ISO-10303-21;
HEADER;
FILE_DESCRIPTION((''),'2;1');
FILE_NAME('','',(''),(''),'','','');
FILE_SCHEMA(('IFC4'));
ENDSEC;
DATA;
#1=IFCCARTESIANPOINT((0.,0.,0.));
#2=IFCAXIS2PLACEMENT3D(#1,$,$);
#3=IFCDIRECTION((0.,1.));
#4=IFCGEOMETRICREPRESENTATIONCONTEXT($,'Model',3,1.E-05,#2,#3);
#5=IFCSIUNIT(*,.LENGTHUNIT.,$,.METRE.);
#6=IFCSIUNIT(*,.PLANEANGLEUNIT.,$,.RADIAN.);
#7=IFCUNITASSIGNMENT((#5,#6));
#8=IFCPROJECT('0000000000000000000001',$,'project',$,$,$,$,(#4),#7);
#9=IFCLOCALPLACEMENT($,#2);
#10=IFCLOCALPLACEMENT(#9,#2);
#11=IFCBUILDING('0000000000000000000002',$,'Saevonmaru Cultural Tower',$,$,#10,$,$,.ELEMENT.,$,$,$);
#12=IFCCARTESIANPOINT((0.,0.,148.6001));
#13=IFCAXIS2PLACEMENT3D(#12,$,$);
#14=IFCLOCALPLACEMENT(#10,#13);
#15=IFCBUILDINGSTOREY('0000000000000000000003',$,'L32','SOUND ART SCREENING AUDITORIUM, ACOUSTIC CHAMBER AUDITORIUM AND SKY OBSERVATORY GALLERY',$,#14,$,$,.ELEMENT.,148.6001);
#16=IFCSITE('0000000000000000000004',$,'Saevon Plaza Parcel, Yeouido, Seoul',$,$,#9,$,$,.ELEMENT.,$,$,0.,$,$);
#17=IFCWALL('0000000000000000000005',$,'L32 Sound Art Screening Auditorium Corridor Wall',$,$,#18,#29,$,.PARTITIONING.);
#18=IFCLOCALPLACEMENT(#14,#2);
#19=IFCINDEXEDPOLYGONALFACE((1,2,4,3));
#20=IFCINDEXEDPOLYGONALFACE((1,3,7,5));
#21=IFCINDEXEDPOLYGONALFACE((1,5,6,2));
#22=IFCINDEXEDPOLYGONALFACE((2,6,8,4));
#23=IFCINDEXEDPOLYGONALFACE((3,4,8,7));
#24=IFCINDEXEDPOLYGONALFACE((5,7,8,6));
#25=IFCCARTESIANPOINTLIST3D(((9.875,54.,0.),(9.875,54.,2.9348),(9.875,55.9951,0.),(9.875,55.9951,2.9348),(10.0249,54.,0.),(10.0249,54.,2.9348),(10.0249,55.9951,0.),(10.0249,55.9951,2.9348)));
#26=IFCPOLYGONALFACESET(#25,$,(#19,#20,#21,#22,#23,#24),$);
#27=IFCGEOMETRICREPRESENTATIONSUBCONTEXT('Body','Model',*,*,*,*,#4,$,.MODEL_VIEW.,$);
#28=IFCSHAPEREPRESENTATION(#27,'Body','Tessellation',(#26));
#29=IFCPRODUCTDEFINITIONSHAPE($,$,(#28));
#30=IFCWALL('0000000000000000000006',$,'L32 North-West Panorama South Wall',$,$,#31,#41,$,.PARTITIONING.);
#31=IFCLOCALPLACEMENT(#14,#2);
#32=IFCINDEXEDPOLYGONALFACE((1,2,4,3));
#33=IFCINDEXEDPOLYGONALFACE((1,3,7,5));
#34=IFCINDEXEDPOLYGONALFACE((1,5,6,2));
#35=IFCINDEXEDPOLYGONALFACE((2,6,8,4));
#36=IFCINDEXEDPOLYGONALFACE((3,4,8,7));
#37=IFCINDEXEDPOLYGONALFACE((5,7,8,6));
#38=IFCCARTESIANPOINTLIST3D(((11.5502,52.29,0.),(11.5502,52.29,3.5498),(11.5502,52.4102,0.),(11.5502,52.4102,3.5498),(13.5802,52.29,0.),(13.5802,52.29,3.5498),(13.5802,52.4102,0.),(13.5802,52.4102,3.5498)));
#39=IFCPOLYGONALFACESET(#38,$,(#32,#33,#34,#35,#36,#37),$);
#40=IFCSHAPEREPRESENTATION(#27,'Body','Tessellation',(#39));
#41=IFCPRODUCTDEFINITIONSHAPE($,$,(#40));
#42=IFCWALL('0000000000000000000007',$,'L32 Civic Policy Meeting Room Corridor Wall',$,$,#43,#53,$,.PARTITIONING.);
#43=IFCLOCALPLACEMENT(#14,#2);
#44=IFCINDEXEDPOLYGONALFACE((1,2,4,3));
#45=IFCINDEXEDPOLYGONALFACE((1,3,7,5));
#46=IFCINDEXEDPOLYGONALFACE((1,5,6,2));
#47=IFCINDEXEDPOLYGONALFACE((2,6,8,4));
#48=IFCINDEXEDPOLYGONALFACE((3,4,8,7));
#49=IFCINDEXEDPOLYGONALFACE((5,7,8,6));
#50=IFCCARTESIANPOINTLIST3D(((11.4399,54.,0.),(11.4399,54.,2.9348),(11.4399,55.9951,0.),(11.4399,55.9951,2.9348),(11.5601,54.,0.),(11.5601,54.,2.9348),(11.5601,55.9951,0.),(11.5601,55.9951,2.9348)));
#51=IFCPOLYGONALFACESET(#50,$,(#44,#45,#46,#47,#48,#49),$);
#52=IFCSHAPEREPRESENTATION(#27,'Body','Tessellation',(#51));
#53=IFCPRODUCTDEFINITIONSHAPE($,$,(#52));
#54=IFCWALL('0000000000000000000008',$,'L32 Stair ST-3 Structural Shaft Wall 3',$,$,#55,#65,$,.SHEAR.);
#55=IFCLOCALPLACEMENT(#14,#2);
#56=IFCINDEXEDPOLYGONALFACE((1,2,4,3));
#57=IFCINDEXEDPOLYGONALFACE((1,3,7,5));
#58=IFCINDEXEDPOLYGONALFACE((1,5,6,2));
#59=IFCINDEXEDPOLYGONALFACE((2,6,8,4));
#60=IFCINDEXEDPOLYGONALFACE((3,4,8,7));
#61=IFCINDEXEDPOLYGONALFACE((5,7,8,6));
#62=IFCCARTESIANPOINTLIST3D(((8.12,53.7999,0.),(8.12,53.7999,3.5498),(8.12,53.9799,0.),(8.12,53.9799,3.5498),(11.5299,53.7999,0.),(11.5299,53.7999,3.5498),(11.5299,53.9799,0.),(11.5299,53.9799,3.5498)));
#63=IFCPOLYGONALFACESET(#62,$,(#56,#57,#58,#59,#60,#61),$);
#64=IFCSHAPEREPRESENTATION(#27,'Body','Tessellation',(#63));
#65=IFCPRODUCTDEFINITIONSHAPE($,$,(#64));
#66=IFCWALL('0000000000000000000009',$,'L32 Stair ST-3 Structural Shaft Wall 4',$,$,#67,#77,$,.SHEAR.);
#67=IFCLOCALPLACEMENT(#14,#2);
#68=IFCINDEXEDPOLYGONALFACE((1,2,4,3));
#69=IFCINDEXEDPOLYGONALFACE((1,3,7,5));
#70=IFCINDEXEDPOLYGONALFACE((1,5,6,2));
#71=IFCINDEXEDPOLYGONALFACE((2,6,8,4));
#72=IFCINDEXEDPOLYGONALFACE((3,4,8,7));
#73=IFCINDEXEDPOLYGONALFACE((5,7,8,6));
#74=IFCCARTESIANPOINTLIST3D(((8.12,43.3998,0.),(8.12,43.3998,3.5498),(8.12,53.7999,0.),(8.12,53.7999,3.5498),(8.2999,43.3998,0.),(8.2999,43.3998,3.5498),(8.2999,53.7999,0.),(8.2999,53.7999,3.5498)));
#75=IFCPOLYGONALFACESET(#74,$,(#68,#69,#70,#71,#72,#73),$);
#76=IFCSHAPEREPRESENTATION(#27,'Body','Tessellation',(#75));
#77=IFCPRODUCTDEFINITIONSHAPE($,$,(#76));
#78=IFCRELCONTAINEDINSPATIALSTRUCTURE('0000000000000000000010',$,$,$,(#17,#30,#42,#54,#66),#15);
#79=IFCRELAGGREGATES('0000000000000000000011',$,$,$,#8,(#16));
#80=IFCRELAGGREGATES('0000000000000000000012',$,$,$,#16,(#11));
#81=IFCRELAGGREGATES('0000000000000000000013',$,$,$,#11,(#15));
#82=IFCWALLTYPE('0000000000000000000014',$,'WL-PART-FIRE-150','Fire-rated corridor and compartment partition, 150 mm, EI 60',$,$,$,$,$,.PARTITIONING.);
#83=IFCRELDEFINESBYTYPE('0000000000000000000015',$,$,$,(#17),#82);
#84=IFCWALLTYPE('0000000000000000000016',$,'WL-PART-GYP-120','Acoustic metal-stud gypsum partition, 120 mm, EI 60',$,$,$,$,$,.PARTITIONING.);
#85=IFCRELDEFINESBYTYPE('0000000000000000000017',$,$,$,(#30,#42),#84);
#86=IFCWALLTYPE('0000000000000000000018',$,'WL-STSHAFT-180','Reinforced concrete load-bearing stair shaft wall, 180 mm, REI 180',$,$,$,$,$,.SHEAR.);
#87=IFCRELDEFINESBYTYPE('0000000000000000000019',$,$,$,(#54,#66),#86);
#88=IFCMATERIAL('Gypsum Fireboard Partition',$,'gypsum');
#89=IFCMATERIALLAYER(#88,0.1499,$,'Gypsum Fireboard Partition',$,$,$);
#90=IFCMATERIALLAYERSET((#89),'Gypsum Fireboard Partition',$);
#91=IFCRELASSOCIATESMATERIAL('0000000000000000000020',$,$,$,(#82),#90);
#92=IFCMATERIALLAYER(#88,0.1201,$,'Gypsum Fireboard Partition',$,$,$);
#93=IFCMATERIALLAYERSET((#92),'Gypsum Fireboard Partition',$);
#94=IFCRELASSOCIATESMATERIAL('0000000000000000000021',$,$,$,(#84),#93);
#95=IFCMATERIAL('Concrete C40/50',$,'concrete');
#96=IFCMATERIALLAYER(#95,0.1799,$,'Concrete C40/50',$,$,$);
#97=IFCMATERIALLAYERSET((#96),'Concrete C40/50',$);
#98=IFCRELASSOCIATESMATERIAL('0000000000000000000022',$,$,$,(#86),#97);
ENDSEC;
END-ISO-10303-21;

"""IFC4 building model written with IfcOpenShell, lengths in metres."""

from ifc_helpers import new_model, si_unit, direction, frame, frame_2d, origin, place, context, subcontext, project, spatial, rectangle, extrude, material, layer, layer_set, type_object, element, save


model = new_model("IFC4")

# Units and contexts
model_context = context("Model", 3, precision=1e-05, world=origin(), true_north=direction((0.0, 1.0)))
body_context = subcontext(model_context, "Body", "Model", "MODEL_VIEW")
ifc_project = project(units=[si_unit("LENGTHUNIT", "METRE"), si_unit("PLANEANGLEUNIT", "RADIAN")], contexts=[model_context])

# Site, building, storey
site_placement = place(None, origin())
site = spatial("IfcSite", under=ifc_project, at=site_placement, Name="Saevon Plaza Parcel, Yeouido, Seoul", CompositionType="ELEMENT", RefElevation=0.0)
building_placement = place(site_placement, origin())
building = spatial("IfcBuilding", under=site, at=building_placement, Name="Saevonmaru Cultural Tower", CompositionType="ELEMENT")
storey_placement = place(building_placement, frame((0.0, 0.0, 148.6001)))
storey = spatial("IfcBuildingStorey", under=building, at=storey_placement, Name="L32", Description="SOUND ART SCREENING AUDITORIUM, ACOUSTIC CHAMBER AUDITORIUM AND SKY OBSERVATORY GALLERY", CompositionType="ELEMENT", Elevation=148.6001)

# Walls
ifc_material_1 = material(Name="Gypsum Fireboard Partition", Category="gypsum")
ifc_layer_1 = layer(ifc_material_1, 0.1499, Name="Gypsum Fireboard Partition")
ifc_layer_set_1 = layer_set([ifc_layer_1], Name="Gypsum Fireboard Partition")
wall_type_1 = type_object("IfcWallType", Name="WL-PART-FIRE-150", Description="Fire-rated corridor and compartment partition, 150 mm, EI 60", PredefinedType="PARTITIONING", material=ifc_layer_set_1)
wall_1_placement = place(storey_placement, frame((9.95, 54.0, 0.0), z_axis=(0.0, 0.0, 1.0), x_axis=(0.0, 1.0, 0.0)))
element("IfcWall", 1, at=wall_1_placement, inside=storey, type_object=wall_type_1, Name="L32 Sound Art Screening Auditorium Corridor Wall", PredefinedType="PARTITIONING", context=body_context, shape_type="SweptSolid", body=[
    extrude(rectangle(XDim=1.9951, YDim=0.1499, at=frame_2d((0.9976, 0.0))), origin(), (0.0, 0.0, 1.0), 2.9348),
])
ifc_layer_2 = layer(ifc_material_1, 0.1201, Name="Gypsum Fireboard Partition")
ifc_layer_set_2 = layer_set([ifc_layer_2], Name="Gypsum Fireboard Partition")
wall_type_2 = type_object("IfcWallType", Name="WL-PART-GYP-120", Description="Acoustic metal-stud gypsum partition, 120 mm, EI 60", PredefinedType="PARTITIONING", material=ifc_layer_set_2)
wall_2_placement = place(storey_placement, frame((11.55, 52.3501, 0.0), z_axis=(0.0, 0.0, 1.0), x_axis=(1.0, 0.0, 0.0)))
element("IfcWall", 2, at=wall_2_placement, inside=storey, type_object=wall_type_2, Name="L32 North-West Panorama South Wall", PredefinedType="PARTITIONING", context=body_context, shape_type="SweptSolid", body=[
    extrude(rectangle(XDim=2.03, YDim=0.1201, at=frame_2d((1.0151, 0.0))), origin(), (0.0, 0.0, 1.0), 3.5498),
])
wall_3_placement = place(storey_placement, frame((11.5, 54.0, 0.0), z_axis=(0.0, 0.0, 1.0), x_axis=(0.0, 1.0, 0.0)))
element("IfcWall", 3, at=wall_3_placement, inside=storey, type_object=wall_type_2, Name="L32 Civic Policy Meeting Room Corridor Wall", PredefinedType="PARTITIONING", context=body_context, shape_type="SweptSolid", body=[
    extrude(rectangle(XDim=1.9951, YDim=0.1201, at=frame_2d((0.9976, 0.0))), origin(), (0.0, 0.0, 1.0), 2.9348),
])
ifc_material_2 = material(Name="Concrete C40/50", Category="concrete")
ifc_layer_3 = layer(ifc_material_2, 0.1799, Name="Concrete C40/50")
ifc_layer_set_3 = layer_set([ifc_layer_3], Name="Concrete C40/50")
wall_type_3 = type_object("IfcWallType", Name="WL-STSHAFT-180", Description="Reinforced concrete load-bearing stair shaft wall, 180 mm, REI 180", PredefinedType="SHEAR", material=ifc_layer_set_3)
wall_4_placement = place(storey_placement, frame((11.53, 53.8899, 0.0), z_axis=(0.0, 0.0, 1.0), x_axis=(-1.0, 0.0, 0.0)))
element("IfcWall", 4, at=wall_4_placement, inside=storey, type_object=wall_type_3, Name="L32 Stair ST-3 Structural Shaft Wall 3", PredefinedType="SHEAR", context=body_context, shape_type="SweptSolid", body=[
    extrude(rectangle(XDim=3.4099, YDim=0.1799, at=frame_2d((1.7051, 0.0))), origin(), (0.0, 0.0, 1.0), 3.5498),
])
wall_5_placement = place(storey_placement, frame((8.21, 53.8, 0.0), z_axis=(0.0, 0.0, 1.0), x_axis=(0.0, -1.0, 0.0)))
element("IfcWall", 5, at=wall_5_placement, inside=storey, type_object=wall_type_3, Name="L32 Stair ST-3 Structural Shaft Wall 4", PredefinedType="SHEAR", context=body_context, shape_type="SweptSolid", body=[
    extrude(rectangle(XDim=10.4001, YDim=0.1799, at=frame_2d((5.2002, 0.0))), origin(), (0.0, 0.0, 1.0), 3.5498),
])

save(model, "model.ifc")
